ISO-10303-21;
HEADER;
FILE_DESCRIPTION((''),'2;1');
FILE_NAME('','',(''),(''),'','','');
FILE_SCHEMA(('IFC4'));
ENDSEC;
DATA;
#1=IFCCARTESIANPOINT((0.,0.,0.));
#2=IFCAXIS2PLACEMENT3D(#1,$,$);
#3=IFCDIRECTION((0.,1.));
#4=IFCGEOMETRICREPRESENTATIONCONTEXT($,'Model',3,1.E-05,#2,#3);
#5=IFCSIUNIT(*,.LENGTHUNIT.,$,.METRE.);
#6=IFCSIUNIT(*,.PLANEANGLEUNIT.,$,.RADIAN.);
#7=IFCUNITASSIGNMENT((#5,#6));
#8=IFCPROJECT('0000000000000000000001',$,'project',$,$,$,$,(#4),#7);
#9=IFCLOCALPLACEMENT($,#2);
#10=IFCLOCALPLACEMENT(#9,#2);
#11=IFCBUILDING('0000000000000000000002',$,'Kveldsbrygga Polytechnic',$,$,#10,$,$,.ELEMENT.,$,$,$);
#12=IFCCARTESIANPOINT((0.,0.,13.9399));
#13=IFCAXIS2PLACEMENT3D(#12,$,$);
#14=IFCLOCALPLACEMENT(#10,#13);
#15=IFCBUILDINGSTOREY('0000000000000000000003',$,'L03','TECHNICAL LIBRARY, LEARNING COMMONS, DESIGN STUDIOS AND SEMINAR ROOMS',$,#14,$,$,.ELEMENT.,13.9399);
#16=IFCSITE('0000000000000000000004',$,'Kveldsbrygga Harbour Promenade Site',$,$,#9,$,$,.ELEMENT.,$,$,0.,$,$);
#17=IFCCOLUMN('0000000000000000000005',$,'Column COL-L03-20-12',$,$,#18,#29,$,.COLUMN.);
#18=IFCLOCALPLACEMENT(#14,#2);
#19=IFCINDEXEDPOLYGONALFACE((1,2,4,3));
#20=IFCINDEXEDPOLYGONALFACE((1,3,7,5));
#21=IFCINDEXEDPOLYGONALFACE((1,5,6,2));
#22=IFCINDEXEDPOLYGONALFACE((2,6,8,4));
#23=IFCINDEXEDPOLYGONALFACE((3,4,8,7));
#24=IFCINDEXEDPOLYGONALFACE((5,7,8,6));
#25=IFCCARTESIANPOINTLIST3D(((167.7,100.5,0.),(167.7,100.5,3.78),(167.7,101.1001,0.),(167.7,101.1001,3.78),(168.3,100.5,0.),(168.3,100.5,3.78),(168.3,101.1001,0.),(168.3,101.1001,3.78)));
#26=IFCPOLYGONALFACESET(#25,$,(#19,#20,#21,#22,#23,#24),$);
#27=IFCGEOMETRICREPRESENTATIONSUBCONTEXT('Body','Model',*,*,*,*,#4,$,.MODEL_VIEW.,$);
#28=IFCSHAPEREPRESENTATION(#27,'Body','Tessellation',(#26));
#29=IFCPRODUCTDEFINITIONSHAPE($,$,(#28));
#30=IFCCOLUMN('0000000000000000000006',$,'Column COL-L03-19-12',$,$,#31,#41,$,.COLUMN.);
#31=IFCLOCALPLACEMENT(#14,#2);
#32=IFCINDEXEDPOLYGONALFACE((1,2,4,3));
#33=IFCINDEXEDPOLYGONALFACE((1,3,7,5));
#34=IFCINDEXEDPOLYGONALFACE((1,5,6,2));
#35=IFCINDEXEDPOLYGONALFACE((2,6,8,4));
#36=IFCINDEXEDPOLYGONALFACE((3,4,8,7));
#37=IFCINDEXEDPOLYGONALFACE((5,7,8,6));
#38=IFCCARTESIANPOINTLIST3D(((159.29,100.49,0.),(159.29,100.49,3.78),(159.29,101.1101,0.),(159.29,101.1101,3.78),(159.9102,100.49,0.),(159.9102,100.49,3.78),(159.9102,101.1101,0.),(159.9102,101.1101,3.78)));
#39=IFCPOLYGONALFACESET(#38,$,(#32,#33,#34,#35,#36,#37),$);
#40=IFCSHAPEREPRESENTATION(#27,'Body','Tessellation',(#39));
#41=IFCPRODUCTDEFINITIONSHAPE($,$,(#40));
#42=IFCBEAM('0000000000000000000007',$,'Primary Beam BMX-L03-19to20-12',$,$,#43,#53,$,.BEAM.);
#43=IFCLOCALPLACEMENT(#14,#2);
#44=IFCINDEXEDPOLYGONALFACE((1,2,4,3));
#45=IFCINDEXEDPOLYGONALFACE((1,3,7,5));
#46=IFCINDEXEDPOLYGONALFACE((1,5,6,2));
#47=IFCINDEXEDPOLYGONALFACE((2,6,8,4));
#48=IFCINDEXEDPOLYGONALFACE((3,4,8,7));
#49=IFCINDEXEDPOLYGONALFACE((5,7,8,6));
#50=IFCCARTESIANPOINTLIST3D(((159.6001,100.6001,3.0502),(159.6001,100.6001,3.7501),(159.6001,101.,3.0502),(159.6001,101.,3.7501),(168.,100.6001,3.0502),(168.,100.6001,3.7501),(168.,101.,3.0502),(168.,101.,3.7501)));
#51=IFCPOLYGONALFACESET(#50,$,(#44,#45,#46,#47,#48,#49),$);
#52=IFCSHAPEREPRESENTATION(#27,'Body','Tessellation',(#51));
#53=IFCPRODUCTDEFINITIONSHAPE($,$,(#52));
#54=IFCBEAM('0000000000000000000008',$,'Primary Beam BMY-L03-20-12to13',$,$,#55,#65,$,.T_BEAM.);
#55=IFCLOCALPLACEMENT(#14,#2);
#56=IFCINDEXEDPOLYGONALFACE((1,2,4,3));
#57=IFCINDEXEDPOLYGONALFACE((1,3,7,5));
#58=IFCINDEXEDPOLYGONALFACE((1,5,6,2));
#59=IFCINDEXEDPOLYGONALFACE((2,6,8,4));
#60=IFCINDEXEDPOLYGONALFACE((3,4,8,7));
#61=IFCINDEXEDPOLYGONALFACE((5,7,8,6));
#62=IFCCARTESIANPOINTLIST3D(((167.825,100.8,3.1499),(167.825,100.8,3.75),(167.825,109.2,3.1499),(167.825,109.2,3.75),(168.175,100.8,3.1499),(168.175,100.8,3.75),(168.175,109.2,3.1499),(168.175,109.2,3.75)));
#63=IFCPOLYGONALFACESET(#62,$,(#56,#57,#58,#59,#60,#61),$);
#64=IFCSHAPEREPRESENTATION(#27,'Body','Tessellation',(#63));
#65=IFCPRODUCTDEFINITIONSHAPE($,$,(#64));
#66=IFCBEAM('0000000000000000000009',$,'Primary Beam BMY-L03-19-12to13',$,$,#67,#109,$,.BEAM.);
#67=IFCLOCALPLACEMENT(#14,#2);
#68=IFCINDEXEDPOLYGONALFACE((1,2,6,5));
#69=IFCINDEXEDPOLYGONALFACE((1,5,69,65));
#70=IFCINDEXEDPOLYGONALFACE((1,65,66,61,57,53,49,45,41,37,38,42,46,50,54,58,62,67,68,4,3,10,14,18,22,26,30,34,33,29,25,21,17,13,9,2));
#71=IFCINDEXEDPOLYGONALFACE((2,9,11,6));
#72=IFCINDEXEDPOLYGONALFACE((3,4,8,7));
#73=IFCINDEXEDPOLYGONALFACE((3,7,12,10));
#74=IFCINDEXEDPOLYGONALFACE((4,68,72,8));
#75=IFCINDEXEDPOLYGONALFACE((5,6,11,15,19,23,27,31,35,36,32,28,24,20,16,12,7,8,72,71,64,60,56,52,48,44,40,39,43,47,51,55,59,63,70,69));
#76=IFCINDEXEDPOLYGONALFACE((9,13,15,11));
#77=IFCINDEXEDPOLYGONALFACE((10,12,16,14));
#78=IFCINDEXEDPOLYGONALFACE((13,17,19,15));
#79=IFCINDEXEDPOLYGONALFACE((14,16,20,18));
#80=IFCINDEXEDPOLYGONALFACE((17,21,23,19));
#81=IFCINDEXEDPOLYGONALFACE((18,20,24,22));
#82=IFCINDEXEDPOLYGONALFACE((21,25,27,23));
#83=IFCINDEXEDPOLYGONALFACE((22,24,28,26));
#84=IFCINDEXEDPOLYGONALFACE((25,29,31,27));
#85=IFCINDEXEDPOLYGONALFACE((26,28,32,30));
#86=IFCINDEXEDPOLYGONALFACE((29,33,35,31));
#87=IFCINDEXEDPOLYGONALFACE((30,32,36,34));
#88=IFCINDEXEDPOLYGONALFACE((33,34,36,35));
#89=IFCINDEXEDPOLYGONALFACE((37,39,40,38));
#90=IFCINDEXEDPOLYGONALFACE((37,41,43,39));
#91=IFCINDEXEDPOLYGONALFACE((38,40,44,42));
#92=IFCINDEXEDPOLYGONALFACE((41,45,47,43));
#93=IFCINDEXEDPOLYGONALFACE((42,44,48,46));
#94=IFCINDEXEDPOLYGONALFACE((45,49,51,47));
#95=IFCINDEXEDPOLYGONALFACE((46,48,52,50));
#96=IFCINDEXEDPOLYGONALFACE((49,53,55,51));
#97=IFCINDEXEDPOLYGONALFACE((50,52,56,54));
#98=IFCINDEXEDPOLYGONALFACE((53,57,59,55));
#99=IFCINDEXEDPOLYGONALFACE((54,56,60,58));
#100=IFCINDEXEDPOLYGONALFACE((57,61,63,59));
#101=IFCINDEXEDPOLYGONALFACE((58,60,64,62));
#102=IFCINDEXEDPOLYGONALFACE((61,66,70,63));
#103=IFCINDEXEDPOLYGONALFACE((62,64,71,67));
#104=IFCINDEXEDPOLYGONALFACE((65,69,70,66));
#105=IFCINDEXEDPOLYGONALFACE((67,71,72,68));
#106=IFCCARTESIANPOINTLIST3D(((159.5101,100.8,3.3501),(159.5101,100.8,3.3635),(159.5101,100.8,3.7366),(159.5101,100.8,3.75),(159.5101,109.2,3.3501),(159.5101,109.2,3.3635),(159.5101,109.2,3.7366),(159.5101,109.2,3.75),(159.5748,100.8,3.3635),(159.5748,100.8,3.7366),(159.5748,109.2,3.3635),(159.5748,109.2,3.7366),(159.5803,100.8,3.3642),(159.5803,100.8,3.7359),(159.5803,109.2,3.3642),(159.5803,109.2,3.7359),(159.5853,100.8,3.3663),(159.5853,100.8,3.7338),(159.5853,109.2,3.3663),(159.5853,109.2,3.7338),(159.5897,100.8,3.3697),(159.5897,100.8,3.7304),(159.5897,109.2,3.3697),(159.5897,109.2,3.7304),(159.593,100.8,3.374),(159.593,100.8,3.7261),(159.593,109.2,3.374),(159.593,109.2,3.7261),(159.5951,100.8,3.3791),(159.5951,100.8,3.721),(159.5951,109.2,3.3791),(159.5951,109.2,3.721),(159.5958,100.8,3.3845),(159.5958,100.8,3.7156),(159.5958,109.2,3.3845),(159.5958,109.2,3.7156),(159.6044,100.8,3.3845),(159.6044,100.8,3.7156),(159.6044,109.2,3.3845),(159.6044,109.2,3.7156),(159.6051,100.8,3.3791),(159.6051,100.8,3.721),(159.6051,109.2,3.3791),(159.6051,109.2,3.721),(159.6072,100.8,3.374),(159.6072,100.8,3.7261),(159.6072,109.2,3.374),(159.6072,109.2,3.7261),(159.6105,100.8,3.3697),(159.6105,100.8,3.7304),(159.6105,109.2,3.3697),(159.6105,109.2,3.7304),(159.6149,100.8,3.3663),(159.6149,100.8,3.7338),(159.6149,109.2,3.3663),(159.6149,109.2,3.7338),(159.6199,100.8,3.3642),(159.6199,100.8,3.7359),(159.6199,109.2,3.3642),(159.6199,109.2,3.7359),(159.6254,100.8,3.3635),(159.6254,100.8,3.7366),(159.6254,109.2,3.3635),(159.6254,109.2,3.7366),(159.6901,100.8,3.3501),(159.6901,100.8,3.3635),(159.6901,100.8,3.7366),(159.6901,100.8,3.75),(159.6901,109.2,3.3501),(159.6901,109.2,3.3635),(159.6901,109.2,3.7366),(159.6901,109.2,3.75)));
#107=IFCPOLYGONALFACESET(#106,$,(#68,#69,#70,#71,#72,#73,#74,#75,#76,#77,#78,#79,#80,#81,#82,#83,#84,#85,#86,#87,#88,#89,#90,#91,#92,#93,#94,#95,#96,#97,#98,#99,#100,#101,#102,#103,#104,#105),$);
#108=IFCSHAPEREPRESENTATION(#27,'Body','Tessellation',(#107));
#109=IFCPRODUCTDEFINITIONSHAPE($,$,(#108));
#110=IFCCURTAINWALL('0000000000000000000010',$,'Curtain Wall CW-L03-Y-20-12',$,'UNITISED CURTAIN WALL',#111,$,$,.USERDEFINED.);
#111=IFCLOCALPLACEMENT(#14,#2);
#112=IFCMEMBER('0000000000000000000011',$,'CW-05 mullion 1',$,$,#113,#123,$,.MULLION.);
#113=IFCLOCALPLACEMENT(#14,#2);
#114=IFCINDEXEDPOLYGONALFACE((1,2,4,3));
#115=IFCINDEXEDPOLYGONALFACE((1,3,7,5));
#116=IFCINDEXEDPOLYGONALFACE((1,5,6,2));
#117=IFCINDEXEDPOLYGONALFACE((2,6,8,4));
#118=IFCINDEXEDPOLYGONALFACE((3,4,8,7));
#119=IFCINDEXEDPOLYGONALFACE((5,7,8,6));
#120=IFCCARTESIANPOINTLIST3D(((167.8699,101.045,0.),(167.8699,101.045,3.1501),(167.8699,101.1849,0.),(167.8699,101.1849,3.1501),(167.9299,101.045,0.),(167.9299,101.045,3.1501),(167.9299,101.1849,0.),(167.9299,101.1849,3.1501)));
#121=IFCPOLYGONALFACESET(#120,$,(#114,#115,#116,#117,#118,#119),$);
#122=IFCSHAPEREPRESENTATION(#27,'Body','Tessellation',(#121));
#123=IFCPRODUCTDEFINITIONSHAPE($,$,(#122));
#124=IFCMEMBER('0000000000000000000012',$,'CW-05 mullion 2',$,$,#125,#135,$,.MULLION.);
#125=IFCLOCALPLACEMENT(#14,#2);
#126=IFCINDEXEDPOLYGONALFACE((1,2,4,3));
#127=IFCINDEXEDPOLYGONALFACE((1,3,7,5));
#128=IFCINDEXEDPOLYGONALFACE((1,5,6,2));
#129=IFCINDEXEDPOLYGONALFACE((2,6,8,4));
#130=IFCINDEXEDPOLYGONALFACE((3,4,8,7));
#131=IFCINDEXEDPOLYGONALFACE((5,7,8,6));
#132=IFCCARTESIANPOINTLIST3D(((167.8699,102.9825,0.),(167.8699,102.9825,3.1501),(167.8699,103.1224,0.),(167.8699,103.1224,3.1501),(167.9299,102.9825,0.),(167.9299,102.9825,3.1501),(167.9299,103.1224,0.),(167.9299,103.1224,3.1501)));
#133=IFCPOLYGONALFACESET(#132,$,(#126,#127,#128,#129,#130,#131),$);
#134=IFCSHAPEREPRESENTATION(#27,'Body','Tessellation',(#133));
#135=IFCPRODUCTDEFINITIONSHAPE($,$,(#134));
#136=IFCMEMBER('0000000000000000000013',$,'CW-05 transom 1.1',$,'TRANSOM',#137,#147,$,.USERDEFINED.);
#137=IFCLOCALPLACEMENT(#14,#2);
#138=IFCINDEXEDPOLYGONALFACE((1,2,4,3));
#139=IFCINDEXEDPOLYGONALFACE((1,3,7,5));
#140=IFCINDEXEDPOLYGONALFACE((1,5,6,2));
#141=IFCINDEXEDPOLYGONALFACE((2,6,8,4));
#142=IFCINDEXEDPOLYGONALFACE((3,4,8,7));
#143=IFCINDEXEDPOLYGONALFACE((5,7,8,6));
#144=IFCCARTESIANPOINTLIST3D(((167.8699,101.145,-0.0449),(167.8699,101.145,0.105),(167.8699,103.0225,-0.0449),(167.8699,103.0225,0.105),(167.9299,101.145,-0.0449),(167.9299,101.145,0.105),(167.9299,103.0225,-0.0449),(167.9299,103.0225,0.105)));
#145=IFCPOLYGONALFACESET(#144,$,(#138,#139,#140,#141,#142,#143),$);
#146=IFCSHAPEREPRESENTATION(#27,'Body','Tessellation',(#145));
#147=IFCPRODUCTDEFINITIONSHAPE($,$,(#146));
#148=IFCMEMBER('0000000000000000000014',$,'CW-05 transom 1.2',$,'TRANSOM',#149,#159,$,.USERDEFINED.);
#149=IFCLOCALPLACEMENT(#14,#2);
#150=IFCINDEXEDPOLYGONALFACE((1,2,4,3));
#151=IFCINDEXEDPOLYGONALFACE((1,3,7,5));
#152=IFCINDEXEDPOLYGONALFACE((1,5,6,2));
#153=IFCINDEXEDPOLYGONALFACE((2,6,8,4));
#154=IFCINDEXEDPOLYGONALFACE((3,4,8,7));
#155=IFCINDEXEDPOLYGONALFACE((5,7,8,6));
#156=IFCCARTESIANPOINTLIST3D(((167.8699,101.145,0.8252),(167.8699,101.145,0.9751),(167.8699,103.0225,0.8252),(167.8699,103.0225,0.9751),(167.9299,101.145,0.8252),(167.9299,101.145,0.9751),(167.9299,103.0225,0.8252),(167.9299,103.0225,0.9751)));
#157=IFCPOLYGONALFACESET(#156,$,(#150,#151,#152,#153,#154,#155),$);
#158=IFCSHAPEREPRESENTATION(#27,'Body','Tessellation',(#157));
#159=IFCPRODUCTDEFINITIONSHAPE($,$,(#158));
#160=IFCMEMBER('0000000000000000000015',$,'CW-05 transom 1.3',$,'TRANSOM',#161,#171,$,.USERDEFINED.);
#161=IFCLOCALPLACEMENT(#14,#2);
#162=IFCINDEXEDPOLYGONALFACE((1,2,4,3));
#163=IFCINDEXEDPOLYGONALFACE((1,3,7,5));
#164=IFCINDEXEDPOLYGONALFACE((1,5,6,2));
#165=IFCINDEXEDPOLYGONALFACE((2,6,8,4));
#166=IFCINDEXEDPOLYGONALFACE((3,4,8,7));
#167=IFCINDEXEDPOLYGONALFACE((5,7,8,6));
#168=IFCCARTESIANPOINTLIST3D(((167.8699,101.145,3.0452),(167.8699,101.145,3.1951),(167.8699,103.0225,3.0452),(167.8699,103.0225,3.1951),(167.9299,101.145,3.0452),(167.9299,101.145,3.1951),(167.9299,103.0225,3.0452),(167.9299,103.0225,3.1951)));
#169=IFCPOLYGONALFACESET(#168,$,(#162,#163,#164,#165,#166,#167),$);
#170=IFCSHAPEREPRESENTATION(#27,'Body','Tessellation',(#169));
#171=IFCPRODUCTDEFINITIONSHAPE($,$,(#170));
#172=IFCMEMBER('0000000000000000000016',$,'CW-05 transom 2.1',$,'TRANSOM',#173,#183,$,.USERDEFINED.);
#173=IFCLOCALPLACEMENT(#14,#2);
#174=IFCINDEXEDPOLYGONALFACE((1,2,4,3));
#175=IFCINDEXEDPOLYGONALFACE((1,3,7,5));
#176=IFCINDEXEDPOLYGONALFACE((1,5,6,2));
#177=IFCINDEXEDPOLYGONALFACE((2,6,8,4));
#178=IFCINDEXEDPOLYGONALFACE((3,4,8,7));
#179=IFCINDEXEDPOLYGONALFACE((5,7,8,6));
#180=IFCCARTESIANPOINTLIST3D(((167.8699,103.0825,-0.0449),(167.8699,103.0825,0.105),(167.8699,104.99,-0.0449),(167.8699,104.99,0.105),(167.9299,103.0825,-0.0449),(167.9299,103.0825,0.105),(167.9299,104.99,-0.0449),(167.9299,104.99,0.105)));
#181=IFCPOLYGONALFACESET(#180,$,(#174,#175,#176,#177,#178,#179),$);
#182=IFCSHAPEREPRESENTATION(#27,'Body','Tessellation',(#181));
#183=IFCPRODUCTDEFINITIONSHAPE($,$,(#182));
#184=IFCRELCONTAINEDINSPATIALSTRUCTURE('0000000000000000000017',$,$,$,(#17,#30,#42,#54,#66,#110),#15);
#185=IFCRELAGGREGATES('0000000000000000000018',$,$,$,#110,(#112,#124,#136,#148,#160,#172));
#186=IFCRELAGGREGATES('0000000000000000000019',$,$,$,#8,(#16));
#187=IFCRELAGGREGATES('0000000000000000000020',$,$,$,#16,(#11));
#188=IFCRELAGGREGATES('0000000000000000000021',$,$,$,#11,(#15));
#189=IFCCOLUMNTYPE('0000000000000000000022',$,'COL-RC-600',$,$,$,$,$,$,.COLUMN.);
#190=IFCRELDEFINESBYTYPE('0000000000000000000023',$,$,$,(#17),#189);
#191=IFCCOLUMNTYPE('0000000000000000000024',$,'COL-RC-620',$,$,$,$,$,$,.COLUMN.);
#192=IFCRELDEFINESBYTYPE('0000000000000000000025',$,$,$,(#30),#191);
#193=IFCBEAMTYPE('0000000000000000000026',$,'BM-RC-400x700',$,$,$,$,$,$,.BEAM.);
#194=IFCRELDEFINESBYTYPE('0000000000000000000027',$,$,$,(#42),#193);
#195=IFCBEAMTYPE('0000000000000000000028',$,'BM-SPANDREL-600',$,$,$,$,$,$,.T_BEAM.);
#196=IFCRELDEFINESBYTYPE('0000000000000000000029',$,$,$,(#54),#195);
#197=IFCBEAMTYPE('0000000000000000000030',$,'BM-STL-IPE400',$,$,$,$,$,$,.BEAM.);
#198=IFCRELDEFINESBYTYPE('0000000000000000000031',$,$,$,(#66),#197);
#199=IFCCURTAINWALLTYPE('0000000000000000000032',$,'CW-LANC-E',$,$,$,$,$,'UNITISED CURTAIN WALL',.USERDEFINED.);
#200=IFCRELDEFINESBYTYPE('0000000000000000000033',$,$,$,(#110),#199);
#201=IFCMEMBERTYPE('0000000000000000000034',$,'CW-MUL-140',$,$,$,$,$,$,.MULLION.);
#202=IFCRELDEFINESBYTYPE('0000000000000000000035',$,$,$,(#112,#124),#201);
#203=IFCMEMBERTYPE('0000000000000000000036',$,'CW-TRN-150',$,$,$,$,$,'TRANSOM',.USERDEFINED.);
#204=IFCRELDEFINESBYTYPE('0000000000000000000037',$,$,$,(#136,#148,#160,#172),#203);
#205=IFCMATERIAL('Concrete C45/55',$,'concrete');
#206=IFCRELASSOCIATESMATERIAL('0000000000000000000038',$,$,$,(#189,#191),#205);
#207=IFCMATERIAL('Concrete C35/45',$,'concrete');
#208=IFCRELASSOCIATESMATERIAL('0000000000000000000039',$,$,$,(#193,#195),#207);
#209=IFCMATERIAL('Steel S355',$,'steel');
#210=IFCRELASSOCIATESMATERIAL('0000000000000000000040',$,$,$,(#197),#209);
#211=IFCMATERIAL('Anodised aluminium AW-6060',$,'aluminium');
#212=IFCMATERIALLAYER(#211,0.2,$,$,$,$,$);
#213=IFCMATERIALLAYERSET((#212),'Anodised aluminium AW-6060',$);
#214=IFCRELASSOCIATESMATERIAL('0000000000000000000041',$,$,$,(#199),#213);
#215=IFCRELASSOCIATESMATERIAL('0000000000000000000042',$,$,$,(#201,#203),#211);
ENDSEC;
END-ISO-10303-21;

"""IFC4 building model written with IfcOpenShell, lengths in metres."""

from ifc_helpers import new_model, si_unit, direction, frame, origin, origin_2d, place, context, subcontext, project, spatial, rectangle, i_section, extrude, material, layer, layer_set, material_profile, profile_set, type_object, element, aggregate, save


model = new_model("IFC4")

# Units and contexts
model_context = context("Model", 3, precision=1e-05, world=origin(), true_north=direction((0.0, 1.0)))
body_context = subcontext(model_context, "Body", "Model", "MODEL_VIEW")
ifc_project = project(units=[si_unit("LENGTHUNIT", "METRE"), si_unit("PLANEANGLEUNIT", "RADIAN")], contexts=[model_context])

# Site, building, storey
site_placement = place(None, origin())
site = spatial("IfcSite", under=ifc_project, at=site_placement, Name="Kveldsbrygga Harbour Promenade Site", CompositionType="ELEMENT", RefElevation=0.0)
building_placement = place(site_placement, origin())
building = spatial("IfcBuilding", under=site, at=building_placement, Name="Kveldsbrygga Polytechnic", CompositionType="ELEMENT")
storey_placement = place(building_placement, frame((0.0, 0.0, 13.9399)))
storey = spatial("IfcBuildingStorey", under=building, at=storey_placement, Name="L03", Description="TECHNICAL LIBRARY, LEARNING COMMONS, DESIGN STUDIOS AND SEMINAR ROOMS", CompositionType="ELEMENT", Elevation=13.9399)

# Columns
ifc_material_1 = material(Name="Concrete C45/55", Category="concrete")
ifc_material_profile_1 = material_profile(ifc_material_1, rectangle(XDim=0.6001, YDim=0.6001, at=origin_2d()), Name="RC 600x600")
ifc_profile_set_1 = profile_set([ifc_material_profile_1], Name="Concrete C45/55")
column_type_1 = type_object("IfcColumnType", Name="COL-RC-600", PredefinedType="COLUMN", material=ifc_profile_set_1)
column_1_placement = place(storey_placement, frame((168.0, 100.8, 0.0), z_axis=(0.0, 0.0, 1.0), x_axis=(1.0, 0.0, 0.0)))
element("IfcColumn", 1, at=column_1_placement, inside=storey, type_object=column_type_1, Name="Column COL-L03-20-12", PredefinedType="COLUMN", context=body_context, shape_type="SweptSolid", body=[
    extrude(rectangle(XDim=0.6001, YDim=0.6001, at=origin_2d()), origin(), (0.0, 0.0, 1.0), 3.78),
])
ifc_material_profile_2 = material_profile(ifc_material_1, rectangle(XDim=0.6201, YDim=0.6201, at=origin_2d()), Name="RC 620x620")
ifc_profile_set_2 = profile_set([ifc_material_profile_2], Name="Concrete C45/55")
column_type_2 = type_object("IfcColumnType", Name="COL-RC-620", PredefinedType="COLUMN", material=ifc_profile_set_2)
column_2_placement = place(storey_placement, frame((159.6001, 100.8, 0.0), z_axis=(0.0, 0.0, 1.0), x_axis=(1.0, 0.0, 0.0)))
element("IfcColumn", 2, at=column_2_placement, inside=storey, type_object=column_type_2, Name="Column COL-L03-19-12", PredefinedType="COLUMN", context=body_context, shape_type="SweptSolid", body=[
    extrude(rectangle(XDim=0.6201, YDim=0.6201, at=origin_2d()), origin(), (0.0, 0.0, 1.0), 3.78),
])

# Beams
ifc_material_2 = material(Name="Concrete C35/45", Category="concrete")
ifc_material_profile_3 = material_profile(ifc_material_2, rectangle(XDim=0.3999, YDim=0.7, at=origin_2d()), Name="RC 400x700")
ifc_profile_set_3 = profile_set([ifc_material_profile_3], Name="Concrete C35/45")
beam_type_1 = type_object("IfcBeamType", Name="BM-RC-400x700", PredefinedType="BEAM", material=ifc_profile_set_3)
beam_1_placement = place(storey_placement, frame((159.6001, 100.8, 3.4001), z_axis=(1.0, 0.0, 0.0), x_axis=(0.0, 1.0, 0.0)))
element("IfcBeam", 3, at=beam_1_placement, inside=storey, type_object=beam_type_1, Name="Primary Beam BMX-L03-19to20-12", PredefinedType="BEAM", context=body_context, shape_type="SweptSolid", body=[
    extrude(rectangle(XDim=0.3999, YDim=0.7, at=origin_2d()), origin(), (0.0, 0.0, 1.0), 8.3999),
])
ifc_material_profile_4 = material_profile(ifc_material_2, rectangle(XDim=0.3501, YDim=0.6001, at=origin_2d()), Name="RC 350x600")
ifc_profile_set_4 = profile_set([ifc_material_profile_4], Name="Concrete C35/45")
beam_type_2 = type_object("IfcBeamType", Name="BM-SPANDREL-600", PredefinedType="T_BEAM", material=ifc_profile_set_4)
beam_2_placement = place(storey_placement, frame((168.0, 100.8, 3.45), z_axis=(0.0, 1.0, 0.0), x_axis=(-1.0, 0.0, 0.0)))
element("IfcBeam", 4, at=beam_2_placement, inside=storey, type_object=beam_type_2, Name="Primary Beam BMY-L03-20-12to13", PredefinedType="T_BEAM", context=body_context, shape_type="SweptSolid", body=[
    extrude(rectangle(XDim=0.3501, YDim=0.6001, at=origin_2d()), origin(), (0.0, 0.0, 1.0), 8.3999),
])
ifc_material_3 = material(Name="Steel S355", Category="steel")
ifc_material_profile_5 = material_profile(ifc_material_3, i_section(OverallWidth=0.1799, OverallDepth=0.3999, WebThickness=0.0085, FlangeThickness=0.0134, FilletRadius=0.021, at=origin_2d()), Name="IPE 400")
ifc_profile_set_5 = profile_set([ifc_material_profile_5], Name="Steel S355")
beam_type_3 = type_object("IfcBeamType", Name="BM-STL-IPE400", PredefinedType="BEAM", material=ifc_profile_set_5)
beam_3_placement = place(storey_placement, frame((159.6001, 100.8, 3.55), z_axis=(0.0, 1.0, 0.0), x_axis=(-1.0, 0.0, 0.0)))
element("IfcBeam", 5, at=beam_3_placement, inside=storey, type_object=beam_type_3, Name="Primary Beam BMY-L03-19-12to13", PredefinedType="BEAM", context=body_context, shape_type="SweptSolid", body=[
    extrude(i_section(OverallWidth=0.1799, OverallDepth=0.3999, WebThickness=0.0085, FlangeThickness=0.0134, FilletRadius=0.021, at=origin_2d()), origin(), (0.0, 0.0, 1.0), 8.3999),
])

# Curtain wall, members
ifc_material_4 = material(Name="Anodised aluminium AW-6060", Category="aluminium")
ifc_layer_1 = layer(ifc_material_4, 0.2)
ifc_layer_set_1 = layer_set([ifc_layer_1], Name="Anodised aluminium AW-6060")
curtain_wall_type = type_object("IfcCurtainWallType", Name="CW-LANC-E", ElementType="UNITISED CURTAIN WALL", PredefinedType="USERDEFINED", material=ifc_layer_set_1)
curtain_wall_placement = place(storey_placement, origin())
curtain_wall = element("IfcCurtainWall", 6, at=curtain_wall_placement, inside=storey, type_object=curtain_wall_type, Name="Curtain Wall CW-L03-Y-20-12", ObjectType="UNITISED CURTAIN WALL", PredefinedType="USERDEFINED")
ifc_material_profile_6 = material_profile(ifc_material_4, rectangle(XDim=0.0601, YDim=0.1399, at=origin_2d()), Name="ALU 60x140")
ifc_profile_set_6 = profile_set([ifc_material_profile_6], Name="Anodised aluminium AW-6060")
member_type_1 = type_object("IfcMemberType", Name="CW-MUL-140", PredefinedType="MULLION", material=ifc_profile_set_6)
member_1_placement = place(storey_placement, frame((167.8999, 101.115, 0.0), z_axis=(0.0, 0.0, 1.0), x_axis=(-1.0, 0.0, 0.0)))
member_1 = element("IfcMember", 7, at=member_1_placement, type_object=member_type_1, Name="CW-05 mullion 1", PredefinedType="MULLION", context=body_context, shape_type="SweptSolid", body=[
    extrude(rectangle(XDim=0.0601, YDim=0.1399, at=origin_2d()), origin(), (0.0, 0.0, 1.0), 3.1501),
])
member_2_placement = place(storey_placement, frame((167.8999, 103.0525, 0.0), z_axis=(0.0, 0.0, 1.0), x_axis=(-1.0, 0.0, 0.0)))
member_2 = element("IfcMember", 8, at=member_2_placement, type_object=member_type_1, Name="CW-05 mullion 2", PredefinedType="MULLION", context=body_context, shape_type="SweptSolid", body=[
    extrude(rectangle(XDim=0.0601, YDim=0.1399, at=origin_2d()), origin(), (0.0, 0.0, 1.0), 3.1501),
])
ifc_material_profile_7 = material_profile(ifc_material_4, rectangle(XDim=0.0601, YDim=0.1499, at=origin_2d()), Name="ALU 60x150")
ifc_profile_set_7 = profile_set([ifc_material_profile_7], Name="Anodised aluminium AW-6060")
member_type_2 = type_object("IfcMemberType", Name="CW-TRN-150", ElementType="TRANSOM", PredefinedType="USERDEFINED", material=ifc_profile_set_7)
member_3_placement = place(storey_placement, frame((167.8999, 101.145, 0.03), z_axis=(0.0, 1.0, 0.0), x_axis=(-1.0, 0.0, 0.0)))
member_3 = element("IfcMember", 9, at=member_3_placement, type_object=member_type_2, Name="CW-05 transom 1.1", ObjectType="TRANSOM", PredefinedType="USERDEFINED", context=body_context, shape_type="SweptSolid", body=[
    extrude(rectangle(XDim=0.0601, YDim=0.1499, at=origin_2d()), origin(), (0.0, 0.0, 1.0), 1.8774),
])
member_4_placement = place(storey_placement, frame((167.8999, 101.145, 0.9001), z_axis=(0.0, 1.0, 0.0), x_axis=(-1.0, 0.0, 0.0)))
member_4 = element("IfcMember", 10, at=member_4_placement, type_object=member_type_2, Name="CW-05 transom 1.2", ObjectType="TRANSOM", PredefinedType="USERDEFINED", context=body_context, shape_type="SweptSolid", body=[
    extrude(rectangle(XDim=0.0601, YDim=0.1499, at=origin_2d()), origin(), (0.0, 0.0, 1.0), 1.8774),
])
member_5_placement = place(storey_placement, frame((167.8999, 101.145, 3.1201), z_axis=(0.0, 1.0, 0.0), x_axis=(-1.0, 0.0, 0.0)))
member_5 = element("IfcMember", 11, at=member_5_placement, type_object=member_type_2, Name="CW-05 transom 1.3", ObjectType="TRANSOM", PredefinedType="USERDEFINED", context=body_context, shape_type="SweptSolid", body=[
    extrude(rectangle(XDim=0.0601, YDim=0.1499, at=origin_2d()), origin(), (0.0, 0.0, 1.0), 1.8774),
])
member_6_placement = place(storey_placement, frame((167.8999, 103.0825, 0.03), z_axis=(0.0, 1.0, 0.0), x_axis=(-1.0, 0.0, 0.0)))
member_6 = element("IfcMember", 12, at=member_6_placement, type_object=member_type_2, Name="CW-05 transom 2.1", ObjectType="TRANSOM", PredefinedType="USERDEFINED", context=body_context, shape_type="SweptSolid", body=[
    extrude(rectangle(XDim=0.0601, YDim=0.1499, at=origin_2d()), origin(), (0.0, 0.0, 1.0), 1.9075),
])
aggregate(curtain_wall, [member_1, member_2, member_3, member_4, member_5, member_6])

save(model, "model.ifc")
